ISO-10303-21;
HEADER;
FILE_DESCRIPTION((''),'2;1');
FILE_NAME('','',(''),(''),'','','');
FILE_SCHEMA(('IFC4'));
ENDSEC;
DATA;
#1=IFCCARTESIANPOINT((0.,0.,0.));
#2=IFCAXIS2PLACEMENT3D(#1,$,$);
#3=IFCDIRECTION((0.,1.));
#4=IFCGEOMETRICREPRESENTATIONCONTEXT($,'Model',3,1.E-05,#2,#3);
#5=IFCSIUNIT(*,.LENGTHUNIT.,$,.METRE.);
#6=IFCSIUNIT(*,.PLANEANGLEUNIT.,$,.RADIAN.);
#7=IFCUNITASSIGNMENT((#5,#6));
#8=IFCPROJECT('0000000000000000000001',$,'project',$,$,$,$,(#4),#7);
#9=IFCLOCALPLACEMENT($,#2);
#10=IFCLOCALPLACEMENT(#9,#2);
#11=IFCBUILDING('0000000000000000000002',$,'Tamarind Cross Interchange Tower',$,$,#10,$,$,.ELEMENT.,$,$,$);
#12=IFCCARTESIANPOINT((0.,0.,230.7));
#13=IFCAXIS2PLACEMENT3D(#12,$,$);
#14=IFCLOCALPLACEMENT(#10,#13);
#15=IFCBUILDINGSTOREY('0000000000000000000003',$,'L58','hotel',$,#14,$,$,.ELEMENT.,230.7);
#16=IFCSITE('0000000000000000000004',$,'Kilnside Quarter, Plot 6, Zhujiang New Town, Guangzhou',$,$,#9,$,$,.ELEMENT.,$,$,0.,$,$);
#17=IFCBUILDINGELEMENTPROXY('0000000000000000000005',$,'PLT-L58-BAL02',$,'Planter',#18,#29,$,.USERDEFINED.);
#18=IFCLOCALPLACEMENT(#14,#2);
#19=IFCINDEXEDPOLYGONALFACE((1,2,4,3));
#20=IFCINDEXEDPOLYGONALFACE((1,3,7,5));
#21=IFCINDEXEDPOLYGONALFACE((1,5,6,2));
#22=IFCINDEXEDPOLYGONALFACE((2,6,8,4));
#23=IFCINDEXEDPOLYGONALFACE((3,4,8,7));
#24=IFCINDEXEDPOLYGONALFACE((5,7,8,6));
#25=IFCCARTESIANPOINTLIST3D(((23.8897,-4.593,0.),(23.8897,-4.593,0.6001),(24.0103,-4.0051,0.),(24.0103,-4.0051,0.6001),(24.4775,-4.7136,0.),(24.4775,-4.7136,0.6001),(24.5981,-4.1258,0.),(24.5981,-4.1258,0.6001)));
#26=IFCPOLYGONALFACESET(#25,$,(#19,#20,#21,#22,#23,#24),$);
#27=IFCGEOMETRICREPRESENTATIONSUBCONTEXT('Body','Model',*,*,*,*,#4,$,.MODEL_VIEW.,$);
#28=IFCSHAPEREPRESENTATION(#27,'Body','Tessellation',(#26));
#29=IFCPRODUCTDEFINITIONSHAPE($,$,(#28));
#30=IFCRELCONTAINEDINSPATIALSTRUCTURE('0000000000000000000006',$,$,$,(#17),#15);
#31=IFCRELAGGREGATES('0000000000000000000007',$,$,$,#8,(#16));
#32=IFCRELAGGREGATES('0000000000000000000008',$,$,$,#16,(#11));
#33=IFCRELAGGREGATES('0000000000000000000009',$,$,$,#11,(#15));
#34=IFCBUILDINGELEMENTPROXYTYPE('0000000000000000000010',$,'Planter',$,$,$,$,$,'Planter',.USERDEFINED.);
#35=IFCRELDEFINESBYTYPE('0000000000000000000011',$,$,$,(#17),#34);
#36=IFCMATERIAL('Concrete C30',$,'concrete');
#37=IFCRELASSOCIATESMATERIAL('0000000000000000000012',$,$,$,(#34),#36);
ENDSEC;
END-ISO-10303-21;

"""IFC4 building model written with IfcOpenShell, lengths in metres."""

from ifc_helpers import new_model, si_unit, direction, frame, origin, origin_2d, place, context, subcontext, project, spatial, rectangle, extrude, material, type_object, element, save


model = new_model("IFC4")

# Units and contexts
model_context = context("Model", 3, precision=1e-05, world=origin(), true_north=direction((0.0, 1.0)))
body_context = subcontext(model_context, "Body", "Model", "MODEL_VIEW")
ifc_project = project(units=[si_unit("LENGTHUNIT", "METRE"), si_unit("PLANEANGLEUNIT", "RADIAN")], contexts=[model_context])

# Site, building, storey
site_placement = place(None, origin())
site = spatial("IfcSite", under=ifc_project, at=site_placement, Name="Kilnside Quarter, Plot 6, Zhujiang New Town, Guangzhou", CompositionType="ELEMENT", RefElevation=0.0)
building_placement = place(site_placement, origin())
building = spatial("IfcBuilding", under=site, at=building_placement, Name="Tamarind Cross Interchange Tower", CompositionType="ELEMENT")
storey_placement = place(building_placement, frame((0.0, 0.0, 230.7)))
storey = spatial("IfcBuildingStorey", under=building, at=storey_placement, Name="L58", Description="hotel", CompositionType="ELEMENT", Elevation=230.7)

# Building element proxy
ifc_material_1 = material(Name="Concrete C30", Category="concrete")
building_element_proxy_type = type_object("IfcBuildingElementProxyType", Name="Planter", ElementType="Planter", PredefinedType="USERDEFINED", material=ifc_material_1)
proxy_placement = place(storey_placement, origin())
element("IfcBuildingElementProxy", 1, at=proxy_placement, inside=storey, type_object=building_element_proxy_type, Name="PLT-L58-BAL02", ObjectType="Planter", PredefinedType="USERDEFINED", context=body_context, shape_type="SweptSolid", body=[
    extrude(rectangle(XDim=0.6001, YDim=0.6001, at=origin_2d()), frame((24.2439, -4.3594, 0.0), z_axis=(0.0, 0.0, 1.0), x_axis=(0.201001, 0.979591, 0.0)), (0.0, 0.0, 1.0), 0.6001),
])

save(model, "model.ifc")
